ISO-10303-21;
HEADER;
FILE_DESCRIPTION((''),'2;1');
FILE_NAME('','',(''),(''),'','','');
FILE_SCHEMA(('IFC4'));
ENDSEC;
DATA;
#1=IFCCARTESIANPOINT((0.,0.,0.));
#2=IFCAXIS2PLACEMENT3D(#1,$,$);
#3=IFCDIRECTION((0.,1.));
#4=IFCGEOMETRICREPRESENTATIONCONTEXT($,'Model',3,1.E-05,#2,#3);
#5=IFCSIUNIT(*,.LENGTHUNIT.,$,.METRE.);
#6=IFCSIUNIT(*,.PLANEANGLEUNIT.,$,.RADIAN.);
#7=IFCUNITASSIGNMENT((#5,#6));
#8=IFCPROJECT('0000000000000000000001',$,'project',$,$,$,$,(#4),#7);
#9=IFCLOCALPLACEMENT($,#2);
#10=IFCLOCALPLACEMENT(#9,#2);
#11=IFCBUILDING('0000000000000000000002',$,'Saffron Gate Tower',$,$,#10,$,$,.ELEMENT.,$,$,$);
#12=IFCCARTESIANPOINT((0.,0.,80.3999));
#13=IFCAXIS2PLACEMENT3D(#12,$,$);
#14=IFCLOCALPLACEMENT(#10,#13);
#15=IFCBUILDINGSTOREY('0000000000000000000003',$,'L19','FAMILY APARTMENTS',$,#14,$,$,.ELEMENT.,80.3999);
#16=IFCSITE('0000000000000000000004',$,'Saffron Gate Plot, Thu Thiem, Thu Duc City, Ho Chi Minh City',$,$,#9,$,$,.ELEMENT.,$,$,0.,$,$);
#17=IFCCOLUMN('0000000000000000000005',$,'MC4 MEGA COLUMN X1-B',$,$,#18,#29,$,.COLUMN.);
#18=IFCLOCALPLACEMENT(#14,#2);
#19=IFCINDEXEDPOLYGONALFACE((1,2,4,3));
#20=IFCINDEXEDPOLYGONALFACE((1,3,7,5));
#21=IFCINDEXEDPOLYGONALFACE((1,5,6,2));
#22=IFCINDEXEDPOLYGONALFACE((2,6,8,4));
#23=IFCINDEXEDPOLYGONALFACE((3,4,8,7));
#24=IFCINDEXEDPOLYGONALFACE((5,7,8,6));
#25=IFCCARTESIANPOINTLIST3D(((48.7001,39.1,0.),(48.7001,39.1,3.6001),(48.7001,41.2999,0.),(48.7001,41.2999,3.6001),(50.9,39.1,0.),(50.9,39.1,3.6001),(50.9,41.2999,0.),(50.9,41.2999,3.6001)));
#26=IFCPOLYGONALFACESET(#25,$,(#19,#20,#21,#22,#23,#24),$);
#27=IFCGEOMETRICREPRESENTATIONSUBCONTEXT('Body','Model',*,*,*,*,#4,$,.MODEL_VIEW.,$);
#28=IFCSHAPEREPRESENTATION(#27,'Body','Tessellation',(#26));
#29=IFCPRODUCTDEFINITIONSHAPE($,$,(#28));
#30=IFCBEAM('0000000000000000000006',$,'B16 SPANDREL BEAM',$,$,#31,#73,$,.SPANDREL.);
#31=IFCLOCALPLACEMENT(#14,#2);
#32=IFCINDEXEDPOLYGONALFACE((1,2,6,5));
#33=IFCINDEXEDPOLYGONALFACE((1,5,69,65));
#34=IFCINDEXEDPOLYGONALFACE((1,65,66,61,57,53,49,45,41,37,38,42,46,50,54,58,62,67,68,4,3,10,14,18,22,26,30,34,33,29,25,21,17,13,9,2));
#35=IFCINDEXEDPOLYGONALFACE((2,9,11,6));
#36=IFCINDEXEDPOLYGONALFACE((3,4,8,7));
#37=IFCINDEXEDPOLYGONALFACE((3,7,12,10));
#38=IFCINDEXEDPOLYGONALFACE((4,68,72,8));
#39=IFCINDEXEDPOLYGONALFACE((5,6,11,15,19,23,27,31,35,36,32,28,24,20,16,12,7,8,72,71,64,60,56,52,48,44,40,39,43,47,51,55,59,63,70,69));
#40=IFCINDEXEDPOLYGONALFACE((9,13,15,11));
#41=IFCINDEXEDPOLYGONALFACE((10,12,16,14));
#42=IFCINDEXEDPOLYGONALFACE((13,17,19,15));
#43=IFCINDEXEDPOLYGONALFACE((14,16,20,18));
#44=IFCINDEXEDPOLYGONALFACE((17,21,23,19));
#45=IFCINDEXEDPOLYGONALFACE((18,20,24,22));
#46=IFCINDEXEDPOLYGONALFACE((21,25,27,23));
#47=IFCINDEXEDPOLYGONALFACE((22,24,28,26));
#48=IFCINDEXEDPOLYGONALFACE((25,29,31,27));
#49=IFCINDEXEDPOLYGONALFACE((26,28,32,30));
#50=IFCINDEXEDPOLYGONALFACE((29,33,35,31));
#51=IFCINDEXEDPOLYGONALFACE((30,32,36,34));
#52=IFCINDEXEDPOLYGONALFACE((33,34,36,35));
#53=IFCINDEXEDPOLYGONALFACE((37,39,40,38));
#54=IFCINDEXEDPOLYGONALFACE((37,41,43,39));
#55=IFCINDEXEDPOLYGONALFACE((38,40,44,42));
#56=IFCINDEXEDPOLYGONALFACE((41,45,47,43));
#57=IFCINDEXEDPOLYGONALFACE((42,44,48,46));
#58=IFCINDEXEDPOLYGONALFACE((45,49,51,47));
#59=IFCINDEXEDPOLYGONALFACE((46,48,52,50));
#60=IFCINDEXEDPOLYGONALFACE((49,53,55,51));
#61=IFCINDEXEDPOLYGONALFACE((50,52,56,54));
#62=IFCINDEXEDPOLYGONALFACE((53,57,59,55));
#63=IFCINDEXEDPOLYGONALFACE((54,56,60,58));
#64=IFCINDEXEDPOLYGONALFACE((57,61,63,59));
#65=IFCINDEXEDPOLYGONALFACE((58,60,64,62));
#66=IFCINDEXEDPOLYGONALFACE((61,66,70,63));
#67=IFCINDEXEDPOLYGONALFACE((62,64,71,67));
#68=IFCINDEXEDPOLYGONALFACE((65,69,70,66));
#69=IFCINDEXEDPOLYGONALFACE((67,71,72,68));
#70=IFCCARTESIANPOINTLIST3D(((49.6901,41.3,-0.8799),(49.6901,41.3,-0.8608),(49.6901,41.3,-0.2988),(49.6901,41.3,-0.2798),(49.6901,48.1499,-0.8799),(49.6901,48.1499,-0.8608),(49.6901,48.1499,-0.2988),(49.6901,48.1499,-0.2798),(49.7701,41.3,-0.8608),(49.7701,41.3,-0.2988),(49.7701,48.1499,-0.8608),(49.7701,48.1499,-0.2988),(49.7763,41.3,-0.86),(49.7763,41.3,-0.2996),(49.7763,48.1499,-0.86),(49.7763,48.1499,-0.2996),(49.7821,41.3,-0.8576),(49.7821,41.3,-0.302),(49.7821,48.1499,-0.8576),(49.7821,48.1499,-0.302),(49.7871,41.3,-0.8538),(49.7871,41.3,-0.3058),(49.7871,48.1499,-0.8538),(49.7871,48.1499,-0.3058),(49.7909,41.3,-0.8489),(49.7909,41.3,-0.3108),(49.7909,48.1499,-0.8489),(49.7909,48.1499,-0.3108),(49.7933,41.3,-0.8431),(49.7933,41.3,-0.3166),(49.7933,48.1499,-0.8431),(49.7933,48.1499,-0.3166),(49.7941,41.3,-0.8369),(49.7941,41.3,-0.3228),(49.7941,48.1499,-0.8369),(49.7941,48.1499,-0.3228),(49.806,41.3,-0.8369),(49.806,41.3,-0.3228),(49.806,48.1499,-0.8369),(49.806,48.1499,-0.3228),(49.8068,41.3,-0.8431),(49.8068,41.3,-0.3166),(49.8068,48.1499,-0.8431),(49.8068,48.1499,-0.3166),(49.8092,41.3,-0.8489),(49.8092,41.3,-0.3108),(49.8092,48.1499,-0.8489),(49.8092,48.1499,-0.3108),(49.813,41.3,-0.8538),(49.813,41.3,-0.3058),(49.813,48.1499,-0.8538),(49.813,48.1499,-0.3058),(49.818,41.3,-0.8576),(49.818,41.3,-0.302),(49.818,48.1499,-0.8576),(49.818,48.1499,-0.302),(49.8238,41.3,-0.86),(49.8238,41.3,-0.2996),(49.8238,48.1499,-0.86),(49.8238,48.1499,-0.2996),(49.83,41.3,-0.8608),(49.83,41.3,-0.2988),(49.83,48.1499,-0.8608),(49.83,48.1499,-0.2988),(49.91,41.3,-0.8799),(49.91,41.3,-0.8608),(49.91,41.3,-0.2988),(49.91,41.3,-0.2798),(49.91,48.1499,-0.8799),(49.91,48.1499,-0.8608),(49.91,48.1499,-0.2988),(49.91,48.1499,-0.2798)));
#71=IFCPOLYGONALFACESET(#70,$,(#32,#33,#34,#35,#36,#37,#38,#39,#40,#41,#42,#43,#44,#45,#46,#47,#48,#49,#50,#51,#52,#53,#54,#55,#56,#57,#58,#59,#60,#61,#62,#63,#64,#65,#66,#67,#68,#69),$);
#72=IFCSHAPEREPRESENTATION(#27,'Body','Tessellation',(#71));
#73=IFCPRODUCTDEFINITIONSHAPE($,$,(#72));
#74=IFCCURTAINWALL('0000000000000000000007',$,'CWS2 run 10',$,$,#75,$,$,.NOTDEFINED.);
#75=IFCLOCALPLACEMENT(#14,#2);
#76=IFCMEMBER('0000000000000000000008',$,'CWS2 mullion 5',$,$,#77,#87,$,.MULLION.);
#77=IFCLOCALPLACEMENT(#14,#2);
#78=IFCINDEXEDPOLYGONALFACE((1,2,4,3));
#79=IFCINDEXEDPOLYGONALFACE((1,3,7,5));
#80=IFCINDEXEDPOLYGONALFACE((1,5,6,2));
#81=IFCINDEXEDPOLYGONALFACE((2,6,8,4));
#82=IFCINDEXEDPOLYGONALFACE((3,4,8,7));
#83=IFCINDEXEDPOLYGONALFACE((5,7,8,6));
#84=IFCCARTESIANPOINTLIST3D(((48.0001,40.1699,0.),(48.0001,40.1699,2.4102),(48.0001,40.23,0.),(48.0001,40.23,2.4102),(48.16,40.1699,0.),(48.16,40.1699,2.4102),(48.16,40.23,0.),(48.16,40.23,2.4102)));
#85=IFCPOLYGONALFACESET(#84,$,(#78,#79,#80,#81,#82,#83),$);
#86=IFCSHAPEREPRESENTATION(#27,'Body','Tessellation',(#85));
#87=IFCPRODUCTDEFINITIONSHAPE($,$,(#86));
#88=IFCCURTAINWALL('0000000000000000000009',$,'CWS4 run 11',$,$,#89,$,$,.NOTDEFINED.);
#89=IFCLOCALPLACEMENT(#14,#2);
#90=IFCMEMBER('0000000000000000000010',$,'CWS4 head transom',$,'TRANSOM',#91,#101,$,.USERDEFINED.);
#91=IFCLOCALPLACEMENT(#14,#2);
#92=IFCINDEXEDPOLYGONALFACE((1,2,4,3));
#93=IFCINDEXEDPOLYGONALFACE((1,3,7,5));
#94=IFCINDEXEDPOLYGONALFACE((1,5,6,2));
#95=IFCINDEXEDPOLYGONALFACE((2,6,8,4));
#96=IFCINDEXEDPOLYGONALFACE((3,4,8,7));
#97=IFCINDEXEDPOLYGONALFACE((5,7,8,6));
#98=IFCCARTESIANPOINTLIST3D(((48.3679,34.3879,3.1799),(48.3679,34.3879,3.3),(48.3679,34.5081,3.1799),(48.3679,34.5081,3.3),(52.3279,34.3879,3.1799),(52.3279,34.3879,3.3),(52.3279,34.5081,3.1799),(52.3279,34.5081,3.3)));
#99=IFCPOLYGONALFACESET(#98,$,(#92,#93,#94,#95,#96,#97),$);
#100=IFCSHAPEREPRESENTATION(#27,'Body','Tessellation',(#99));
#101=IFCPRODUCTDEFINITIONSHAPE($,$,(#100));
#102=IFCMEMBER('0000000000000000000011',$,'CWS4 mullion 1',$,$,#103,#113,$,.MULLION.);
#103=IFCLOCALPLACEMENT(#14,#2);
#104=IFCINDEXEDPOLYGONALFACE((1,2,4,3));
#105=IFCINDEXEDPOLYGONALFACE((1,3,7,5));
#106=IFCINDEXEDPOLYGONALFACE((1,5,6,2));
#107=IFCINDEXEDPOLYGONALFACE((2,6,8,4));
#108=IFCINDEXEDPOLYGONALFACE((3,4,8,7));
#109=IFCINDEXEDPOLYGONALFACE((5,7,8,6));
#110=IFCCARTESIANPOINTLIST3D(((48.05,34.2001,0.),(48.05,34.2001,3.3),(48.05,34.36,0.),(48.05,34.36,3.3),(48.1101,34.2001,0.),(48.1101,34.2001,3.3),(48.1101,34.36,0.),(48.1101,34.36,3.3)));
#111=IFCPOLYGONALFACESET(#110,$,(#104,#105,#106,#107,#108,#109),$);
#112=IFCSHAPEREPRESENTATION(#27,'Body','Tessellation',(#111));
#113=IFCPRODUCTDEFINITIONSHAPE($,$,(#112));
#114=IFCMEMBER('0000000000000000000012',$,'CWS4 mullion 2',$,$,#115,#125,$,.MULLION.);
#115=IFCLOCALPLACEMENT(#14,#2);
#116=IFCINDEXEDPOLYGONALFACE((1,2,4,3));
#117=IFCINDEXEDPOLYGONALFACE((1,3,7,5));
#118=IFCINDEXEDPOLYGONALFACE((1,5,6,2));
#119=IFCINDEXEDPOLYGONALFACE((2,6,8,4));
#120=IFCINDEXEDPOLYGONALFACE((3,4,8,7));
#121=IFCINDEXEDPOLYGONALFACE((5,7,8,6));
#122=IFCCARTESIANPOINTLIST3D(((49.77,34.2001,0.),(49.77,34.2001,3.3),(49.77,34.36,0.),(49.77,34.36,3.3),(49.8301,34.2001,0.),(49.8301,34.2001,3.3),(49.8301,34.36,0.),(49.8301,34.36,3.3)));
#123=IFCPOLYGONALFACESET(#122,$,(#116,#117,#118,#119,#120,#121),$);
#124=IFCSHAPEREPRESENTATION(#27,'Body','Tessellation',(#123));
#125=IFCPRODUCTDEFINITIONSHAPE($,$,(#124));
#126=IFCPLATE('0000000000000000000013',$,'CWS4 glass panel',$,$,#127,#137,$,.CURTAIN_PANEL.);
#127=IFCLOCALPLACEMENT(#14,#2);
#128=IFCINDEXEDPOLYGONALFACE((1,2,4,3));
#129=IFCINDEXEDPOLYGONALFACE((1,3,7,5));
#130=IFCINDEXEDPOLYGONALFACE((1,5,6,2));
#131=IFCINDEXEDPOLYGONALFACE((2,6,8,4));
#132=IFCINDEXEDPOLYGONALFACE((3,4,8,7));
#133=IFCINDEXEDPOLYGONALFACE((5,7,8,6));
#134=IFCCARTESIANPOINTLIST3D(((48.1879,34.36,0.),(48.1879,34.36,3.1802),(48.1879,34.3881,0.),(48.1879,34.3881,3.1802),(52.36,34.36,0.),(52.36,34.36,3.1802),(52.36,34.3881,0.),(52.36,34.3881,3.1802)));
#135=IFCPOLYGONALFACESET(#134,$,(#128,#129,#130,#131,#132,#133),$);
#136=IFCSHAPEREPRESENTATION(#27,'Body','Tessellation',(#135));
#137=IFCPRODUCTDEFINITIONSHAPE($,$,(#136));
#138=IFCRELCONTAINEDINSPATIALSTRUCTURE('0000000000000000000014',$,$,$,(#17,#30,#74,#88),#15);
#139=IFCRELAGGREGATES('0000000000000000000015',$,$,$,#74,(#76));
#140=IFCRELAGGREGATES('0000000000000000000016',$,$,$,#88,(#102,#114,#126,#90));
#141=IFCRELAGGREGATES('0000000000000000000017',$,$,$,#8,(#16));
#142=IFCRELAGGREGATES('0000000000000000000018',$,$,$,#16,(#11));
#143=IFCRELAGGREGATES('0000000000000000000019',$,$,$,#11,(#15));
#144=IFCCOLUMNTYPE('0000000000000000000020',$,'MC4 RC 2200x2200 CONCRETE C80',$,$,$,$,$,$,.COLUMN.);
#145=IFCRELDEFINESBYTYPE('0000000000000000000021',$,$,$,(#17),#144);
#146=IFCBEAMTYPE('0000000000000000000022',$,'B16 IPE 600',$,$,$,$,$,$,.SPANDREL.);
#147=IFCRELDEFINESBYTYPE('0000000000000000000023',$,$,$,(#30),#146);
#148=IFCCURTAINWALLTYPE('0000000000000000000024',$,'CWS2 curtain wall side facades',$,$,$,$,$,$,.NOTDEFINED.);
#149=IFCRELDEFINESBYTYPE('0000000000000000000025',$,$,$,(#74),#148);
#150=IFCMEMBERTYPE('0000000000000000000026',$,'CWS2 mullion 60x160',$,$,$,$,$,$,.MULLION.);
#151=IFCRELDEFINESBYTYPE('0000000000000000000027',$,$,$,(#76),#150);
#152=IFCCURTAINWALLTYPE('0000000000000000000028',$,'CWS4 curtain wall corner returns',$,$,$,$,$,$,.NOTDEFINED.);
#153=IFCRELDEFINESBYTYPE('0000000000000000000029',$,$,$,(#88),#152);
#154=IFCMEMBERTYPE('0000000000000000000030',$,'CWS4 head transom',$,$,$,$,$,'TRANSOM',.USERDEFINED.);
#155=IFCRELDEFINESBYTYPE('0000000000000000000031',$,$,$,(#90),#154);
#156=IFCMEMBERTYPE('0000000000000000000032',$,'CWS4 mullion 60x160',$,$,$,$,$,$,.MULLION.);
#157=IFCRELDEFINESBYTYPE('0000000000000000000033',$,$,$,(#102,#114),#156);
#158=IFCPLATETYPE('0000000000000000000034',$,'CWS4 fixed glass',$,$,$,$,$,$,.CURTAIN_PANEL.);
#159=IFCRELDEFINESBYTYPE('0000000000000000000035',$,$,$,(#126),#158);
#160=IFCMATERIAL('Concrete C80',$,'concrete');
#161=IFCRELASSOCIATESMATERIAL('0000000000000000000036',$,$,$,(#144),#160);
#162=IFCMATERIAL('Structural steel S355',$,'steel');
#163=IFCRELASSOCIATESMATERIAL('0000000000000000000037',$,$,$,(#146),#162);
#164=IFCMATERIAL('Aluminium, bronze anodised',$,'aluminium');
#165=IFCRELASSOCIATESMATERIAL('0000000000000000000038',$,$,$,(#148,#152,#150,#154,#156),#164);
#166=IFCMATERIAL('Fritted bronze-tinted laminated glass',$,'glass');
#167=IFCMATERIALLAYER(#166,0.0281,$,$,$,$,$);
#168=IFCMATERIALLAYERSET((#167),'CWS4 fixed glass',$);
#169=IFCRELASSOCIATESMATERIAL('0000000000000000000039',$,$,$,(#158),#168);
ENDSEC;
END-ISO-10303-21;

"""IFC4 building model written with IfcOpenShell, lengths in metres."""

from ifc_helpers import new_model, si_unit, direction, frame, frame_2d, origin, origin_2d, place, context, subcontext, project, spatial, rectangle, i_section, extrude, material, layer, layer_set, material_profile, profile_set, type_object, element, aggregate, save


model = new_model("IFC4")

# Units and contexts
model_context = context("Model", 3, precision=1e-05, world=origin(), true_north=direction((0.0, 1.0)))
body_context = subcontext(model_context, "Body", "Model", "MODEL_VIEW")
ifc_project = project(units=[si_unit("LENGTHUNIT", "METRE"), si_unit("PLANEANGLEUNIT", "RADIAN")], contexts=[model_context])

# Site, building, storey
site_placement = place(None, origin())
site = spatial("IfcSite", under=ifc_project, at=site_placement, Name="Saffron Gate Plot, Thu Thiem, Thu Duc City, Ho Chi Minh City", CompositionType="ELEMENT", RefElevation=0.0)
building_placement = place(site_placement, origin())
building = spatial("IfcBuilding", under=site, at=building_placement, Name="Saffron Gate Tower", CompositionType="ELEMENT")
storey_placement = place(building_placement, frame((0.0, 0.0, 80.3999)))
storey = spatial("IfcBuildingStorey", under=building, at=storey_placement, Name="L19", Description="FAMILY APARTMENTS", CompositionType="ELEMENT", Elevation=80.3999)

# Column
ifc_material_1 = material(Name="Concrete C80", Category="concrete")
ifc_material_profile_1 = material_profile(ifc_material_1, rectangle(XDim=2.2, YDim=2.2, at=origin_2d()))
ifc_profile_set_1 = profile_set([ifc_material_profile_1], Name="Concrete C80")
column_type = type_object("IfcColumnType", Name="MC4 RC 2200x2200 CONCRETE C80", PredefinedType="COLUMN", material=ifc_profile_set_1)
column_placement = place(storey_placement, frame((49.8, 40.2, 0.0), z_axis=(0.0, 0.0, 1.0), x_axis=(1.0, 0.0, 0.0)))
element("IfcColumn", 1, at=column_placement, inside=storey, type_object=column_type, Name="MC4 MEGA COLUMN X1-B", PredefinedType="COLUMN", context=body_context, shape_type="SweptSolid", body=[
    extrude(rectangle(XDim=2.2, YDim=2.2, at=origin_2d()), origin(), (0.0, 0.0, 1.0), 3.6001),
])

# Beam
ifc_material_2 = material(Name="Structural steel S355", Category="steel")
ifc_material_profile_2 = material_profile(ifc_material_2, i_section(OverallWidth=0.22, OverallDepth=0.6001, WebThickness=0.012, FlangeThickness=0.019, FilletRadius=0.0239, at=origin_2d()))
ifc_profile_set_2 = profile_set([ifc_material_profile_2], Name="Structural steel S355")
beam_type = type_object("IfcBeamType", Name="B16 IPE 600", PredefinedType="SPANDREL", material=ifc_profile_set_2)
beam_placement = place(storey_placement, frame((49.8, 41.3, -0.5798), z_axis=(0.0, 1.0, 0.0), x_axis=(-1.0, 0.0, 0.0)))
element("IfcBeam", 2, at=beam_placement, inside=storey, type_object=beam_type, Name="B16 SPANDREL BEAM", PredefinedType="SPANDREL", context=body_context, shape_type="SweptSolid", body=[
    extrude(i_section(OverallWidth=0.22, OverallDepth=0.6001, WebThickness=0.012, FlangeThickness=0.019, FilletRadius=0.0239, at=origin_2d()), origin(), (0.0, 0.0, 1.0), 6.8499),
])

# Curtain wall, member
ifc_material_3 = material(Name="Aluminium, bronze anodised", Category="aluminium")
curtain_wall_type_1 = type_object("IfcCurtainWallType", Name="CWS2 curtain wall side facades", PredefinedType="NOTDEFINED", material=ifc_material_3)
curtain_wall_1_placement = place(storey_placement, origin())
curtain_wall_1 = element("IfcCurtainWall", 3, at=curtain_wall_1_placement, inside=storey, type_object=curtain_wall_type_1, Name="CWS2 run 10", PredefinedType="NOTDEFINED")
ifc_material_profile_3 = material_profile(ifc_material_3, rectangle(XDim=0.1599, YDim=0.0601, at=origin_2d()))
ifc_profile_set_3 = profile_set([ifc_material_profile_3], Name="Aluminium, bronze anodised")
member_type_1 = type_object("IfcMemberType", Name="CWS2 mullion 60x160", PredefinedType="MULLION", material=ifc_profile_set_3)
member_1_placement = place(storey_placement, frame((48.0801, 40.2, 0.0), z_axis=(0.0, 0.0, 1.0), x_axis=(1.0, 0.0, 0.0)))
member_1 = element("IfcMember", 4, at=member_1_placement, type_object=member_type_1, Name="CWS2 mullion 5", PredefinedType="MULLION", context=body_context, shape_type="SweptSolid", body=[
    extrude(rectangle(XDim=0.1599, YDim=0.0601, at=origin_2d()), origin(), (0.0, 0.0, 1.0), 2.4102),
])
aggregate(curtain_wall_1, [member_1])

# Curtain wall, members, plate
curtain_wall_type_2 = type_object("IfcCurtainWallType", Name="CWS4 curtain wall corner returns", PredefinedType="NOTDEFINED", material=ifc_material_3)
curtain_wall_2_placement = place(storey_placement, origin())
curtain_wall_2 = element("IfcCurtainWall", 5, at=curtain_wall_2_placement, inside=storey, type_object=curtain_wall_type_2, Name="CWS4 run 11", PredefinedType="NOTDEFINED")
ifc_material_profile_4 = material_profile(ifc_material_3, rectangle(XDim=0.1201, YDim=0.1201, at=origin_2d()))
ifc_profile_set_4 = profile_set([ifc_material_profile_4], Name="Aluminium, bronze anodised")
member_type_2 = type_object("IfcMemberType", Name="CWS4 head transom", ElementType="TRANSOM", PredefinedType="USERDEFINED", material=ifc_profile_set_4)
member_2_placement = place(storey_placement, frame((48.3679, 34.448, 3.24), z_axis=(1.0, 0.0, 0.0), x_axis=(0.0, 1.0, 0.0)))
member_2 = element("IfcMember", 6, at=member_2_placement, type_object=member_type_2, Name="CWS4 head transom", ObjectType="TRANSOM", PredefinedType="USERDEFINED", context=body_context, shape_type="SweptSolid", body=[
    extrude(rectangle(XDim=0.1201, YDim=0.1201, at=origin_2d()), origin(), (0.0, 0.0, 1.0), 3.96),
])
ifc_material_profile_5 = material_profile(ifc_material_3, rectangle(XDim=0.1599, YDim=0.0601, at=origin_2d()))
ifc_profile_set_5 = profile_set([ifc_material_profile_5], Name="Aluminium, bronze anodised")
member_type_3 = type_object("IfcMemberType", Name="CWS4 mullion 60x160", PredefinedType="MULLION", material=ifc_profile_set_5)
member_3_placement = place(storey_placement, frame((48.0801, 34.28, 0.0), z_axis=(0.0, 0.0, 1.0), x_axis=(0.0, 1.0, 0.0)))
member_3 = element("IfcMember", 7, at=member_3_placement, type_object=member_type_3, Name="CWS4 mullion 1", PredefinedType="MULLION", context=body_context, shape_type="SweptSolid", body=[
    extrude(rectangle(XDim=0.1599, YDim=0.0601, at=origin_2d()), origin(), (0.0, 0.0, 1.0), 3.3),
])
member_4_placement = place(storey_placement, frame((49.8, 34.28, 0.0), z_axis=(0.0, 0.0, 1.0), x_axis=(0.0, 1.0, 0.0)))
member_4 = element("IfcMember", 8, at=member_4_placement, type_object=member_type_3, Name="CWS4 mullion 2", PredefinedType="MULLION", context=body_context, shape_type="SweptSolid", body=[
    extrude(rectangle(XDim=0.1599, YDim=0.0601, at=origin_2d()), origin(), (0.0, 0.0, 1.0), 3.3),
])
ifc_material_4 = material(Name="Fritted bronze-tinted laminated glass", Category="glass")
ifc_layer_1 = layer(ifc_material_4, 0.0281)
ifc_layer_set_1 = layer_set([ifc_layer_1], Name="CWS4 fixed glass")
plate_type = type_object("IfcPlateType", Name="CWS4 fixed glass", PredefinedType="CURTAIN_PANEL", material=ifc_layer_set_1)
plate_placement = place(storey_placement, frame((48.188, 34.374, 0.0), z_axis=(0.0, 0.0, 1.0), x_axis=(1.0, 0.0, 0.0)))
plate = element("IfcPlate", 9, at=plate_placement, type_object=plate_type, Name="CWS4 glass panel", PredefinedType="CURTAIN_PANEL", context=body_context, shape_type="SweptSolid", body=[
    extrude(rectangle(XDim=4.1721, YDim=0.0281, at=frame_2d((2.0859, 0.0))), origin(), (0.0, 0.0, 1.0), 3.1802),
])
aggregate(curtain_wall_2, [member_3, member_4, plate, member_2])

save(model, "model.ifc")
